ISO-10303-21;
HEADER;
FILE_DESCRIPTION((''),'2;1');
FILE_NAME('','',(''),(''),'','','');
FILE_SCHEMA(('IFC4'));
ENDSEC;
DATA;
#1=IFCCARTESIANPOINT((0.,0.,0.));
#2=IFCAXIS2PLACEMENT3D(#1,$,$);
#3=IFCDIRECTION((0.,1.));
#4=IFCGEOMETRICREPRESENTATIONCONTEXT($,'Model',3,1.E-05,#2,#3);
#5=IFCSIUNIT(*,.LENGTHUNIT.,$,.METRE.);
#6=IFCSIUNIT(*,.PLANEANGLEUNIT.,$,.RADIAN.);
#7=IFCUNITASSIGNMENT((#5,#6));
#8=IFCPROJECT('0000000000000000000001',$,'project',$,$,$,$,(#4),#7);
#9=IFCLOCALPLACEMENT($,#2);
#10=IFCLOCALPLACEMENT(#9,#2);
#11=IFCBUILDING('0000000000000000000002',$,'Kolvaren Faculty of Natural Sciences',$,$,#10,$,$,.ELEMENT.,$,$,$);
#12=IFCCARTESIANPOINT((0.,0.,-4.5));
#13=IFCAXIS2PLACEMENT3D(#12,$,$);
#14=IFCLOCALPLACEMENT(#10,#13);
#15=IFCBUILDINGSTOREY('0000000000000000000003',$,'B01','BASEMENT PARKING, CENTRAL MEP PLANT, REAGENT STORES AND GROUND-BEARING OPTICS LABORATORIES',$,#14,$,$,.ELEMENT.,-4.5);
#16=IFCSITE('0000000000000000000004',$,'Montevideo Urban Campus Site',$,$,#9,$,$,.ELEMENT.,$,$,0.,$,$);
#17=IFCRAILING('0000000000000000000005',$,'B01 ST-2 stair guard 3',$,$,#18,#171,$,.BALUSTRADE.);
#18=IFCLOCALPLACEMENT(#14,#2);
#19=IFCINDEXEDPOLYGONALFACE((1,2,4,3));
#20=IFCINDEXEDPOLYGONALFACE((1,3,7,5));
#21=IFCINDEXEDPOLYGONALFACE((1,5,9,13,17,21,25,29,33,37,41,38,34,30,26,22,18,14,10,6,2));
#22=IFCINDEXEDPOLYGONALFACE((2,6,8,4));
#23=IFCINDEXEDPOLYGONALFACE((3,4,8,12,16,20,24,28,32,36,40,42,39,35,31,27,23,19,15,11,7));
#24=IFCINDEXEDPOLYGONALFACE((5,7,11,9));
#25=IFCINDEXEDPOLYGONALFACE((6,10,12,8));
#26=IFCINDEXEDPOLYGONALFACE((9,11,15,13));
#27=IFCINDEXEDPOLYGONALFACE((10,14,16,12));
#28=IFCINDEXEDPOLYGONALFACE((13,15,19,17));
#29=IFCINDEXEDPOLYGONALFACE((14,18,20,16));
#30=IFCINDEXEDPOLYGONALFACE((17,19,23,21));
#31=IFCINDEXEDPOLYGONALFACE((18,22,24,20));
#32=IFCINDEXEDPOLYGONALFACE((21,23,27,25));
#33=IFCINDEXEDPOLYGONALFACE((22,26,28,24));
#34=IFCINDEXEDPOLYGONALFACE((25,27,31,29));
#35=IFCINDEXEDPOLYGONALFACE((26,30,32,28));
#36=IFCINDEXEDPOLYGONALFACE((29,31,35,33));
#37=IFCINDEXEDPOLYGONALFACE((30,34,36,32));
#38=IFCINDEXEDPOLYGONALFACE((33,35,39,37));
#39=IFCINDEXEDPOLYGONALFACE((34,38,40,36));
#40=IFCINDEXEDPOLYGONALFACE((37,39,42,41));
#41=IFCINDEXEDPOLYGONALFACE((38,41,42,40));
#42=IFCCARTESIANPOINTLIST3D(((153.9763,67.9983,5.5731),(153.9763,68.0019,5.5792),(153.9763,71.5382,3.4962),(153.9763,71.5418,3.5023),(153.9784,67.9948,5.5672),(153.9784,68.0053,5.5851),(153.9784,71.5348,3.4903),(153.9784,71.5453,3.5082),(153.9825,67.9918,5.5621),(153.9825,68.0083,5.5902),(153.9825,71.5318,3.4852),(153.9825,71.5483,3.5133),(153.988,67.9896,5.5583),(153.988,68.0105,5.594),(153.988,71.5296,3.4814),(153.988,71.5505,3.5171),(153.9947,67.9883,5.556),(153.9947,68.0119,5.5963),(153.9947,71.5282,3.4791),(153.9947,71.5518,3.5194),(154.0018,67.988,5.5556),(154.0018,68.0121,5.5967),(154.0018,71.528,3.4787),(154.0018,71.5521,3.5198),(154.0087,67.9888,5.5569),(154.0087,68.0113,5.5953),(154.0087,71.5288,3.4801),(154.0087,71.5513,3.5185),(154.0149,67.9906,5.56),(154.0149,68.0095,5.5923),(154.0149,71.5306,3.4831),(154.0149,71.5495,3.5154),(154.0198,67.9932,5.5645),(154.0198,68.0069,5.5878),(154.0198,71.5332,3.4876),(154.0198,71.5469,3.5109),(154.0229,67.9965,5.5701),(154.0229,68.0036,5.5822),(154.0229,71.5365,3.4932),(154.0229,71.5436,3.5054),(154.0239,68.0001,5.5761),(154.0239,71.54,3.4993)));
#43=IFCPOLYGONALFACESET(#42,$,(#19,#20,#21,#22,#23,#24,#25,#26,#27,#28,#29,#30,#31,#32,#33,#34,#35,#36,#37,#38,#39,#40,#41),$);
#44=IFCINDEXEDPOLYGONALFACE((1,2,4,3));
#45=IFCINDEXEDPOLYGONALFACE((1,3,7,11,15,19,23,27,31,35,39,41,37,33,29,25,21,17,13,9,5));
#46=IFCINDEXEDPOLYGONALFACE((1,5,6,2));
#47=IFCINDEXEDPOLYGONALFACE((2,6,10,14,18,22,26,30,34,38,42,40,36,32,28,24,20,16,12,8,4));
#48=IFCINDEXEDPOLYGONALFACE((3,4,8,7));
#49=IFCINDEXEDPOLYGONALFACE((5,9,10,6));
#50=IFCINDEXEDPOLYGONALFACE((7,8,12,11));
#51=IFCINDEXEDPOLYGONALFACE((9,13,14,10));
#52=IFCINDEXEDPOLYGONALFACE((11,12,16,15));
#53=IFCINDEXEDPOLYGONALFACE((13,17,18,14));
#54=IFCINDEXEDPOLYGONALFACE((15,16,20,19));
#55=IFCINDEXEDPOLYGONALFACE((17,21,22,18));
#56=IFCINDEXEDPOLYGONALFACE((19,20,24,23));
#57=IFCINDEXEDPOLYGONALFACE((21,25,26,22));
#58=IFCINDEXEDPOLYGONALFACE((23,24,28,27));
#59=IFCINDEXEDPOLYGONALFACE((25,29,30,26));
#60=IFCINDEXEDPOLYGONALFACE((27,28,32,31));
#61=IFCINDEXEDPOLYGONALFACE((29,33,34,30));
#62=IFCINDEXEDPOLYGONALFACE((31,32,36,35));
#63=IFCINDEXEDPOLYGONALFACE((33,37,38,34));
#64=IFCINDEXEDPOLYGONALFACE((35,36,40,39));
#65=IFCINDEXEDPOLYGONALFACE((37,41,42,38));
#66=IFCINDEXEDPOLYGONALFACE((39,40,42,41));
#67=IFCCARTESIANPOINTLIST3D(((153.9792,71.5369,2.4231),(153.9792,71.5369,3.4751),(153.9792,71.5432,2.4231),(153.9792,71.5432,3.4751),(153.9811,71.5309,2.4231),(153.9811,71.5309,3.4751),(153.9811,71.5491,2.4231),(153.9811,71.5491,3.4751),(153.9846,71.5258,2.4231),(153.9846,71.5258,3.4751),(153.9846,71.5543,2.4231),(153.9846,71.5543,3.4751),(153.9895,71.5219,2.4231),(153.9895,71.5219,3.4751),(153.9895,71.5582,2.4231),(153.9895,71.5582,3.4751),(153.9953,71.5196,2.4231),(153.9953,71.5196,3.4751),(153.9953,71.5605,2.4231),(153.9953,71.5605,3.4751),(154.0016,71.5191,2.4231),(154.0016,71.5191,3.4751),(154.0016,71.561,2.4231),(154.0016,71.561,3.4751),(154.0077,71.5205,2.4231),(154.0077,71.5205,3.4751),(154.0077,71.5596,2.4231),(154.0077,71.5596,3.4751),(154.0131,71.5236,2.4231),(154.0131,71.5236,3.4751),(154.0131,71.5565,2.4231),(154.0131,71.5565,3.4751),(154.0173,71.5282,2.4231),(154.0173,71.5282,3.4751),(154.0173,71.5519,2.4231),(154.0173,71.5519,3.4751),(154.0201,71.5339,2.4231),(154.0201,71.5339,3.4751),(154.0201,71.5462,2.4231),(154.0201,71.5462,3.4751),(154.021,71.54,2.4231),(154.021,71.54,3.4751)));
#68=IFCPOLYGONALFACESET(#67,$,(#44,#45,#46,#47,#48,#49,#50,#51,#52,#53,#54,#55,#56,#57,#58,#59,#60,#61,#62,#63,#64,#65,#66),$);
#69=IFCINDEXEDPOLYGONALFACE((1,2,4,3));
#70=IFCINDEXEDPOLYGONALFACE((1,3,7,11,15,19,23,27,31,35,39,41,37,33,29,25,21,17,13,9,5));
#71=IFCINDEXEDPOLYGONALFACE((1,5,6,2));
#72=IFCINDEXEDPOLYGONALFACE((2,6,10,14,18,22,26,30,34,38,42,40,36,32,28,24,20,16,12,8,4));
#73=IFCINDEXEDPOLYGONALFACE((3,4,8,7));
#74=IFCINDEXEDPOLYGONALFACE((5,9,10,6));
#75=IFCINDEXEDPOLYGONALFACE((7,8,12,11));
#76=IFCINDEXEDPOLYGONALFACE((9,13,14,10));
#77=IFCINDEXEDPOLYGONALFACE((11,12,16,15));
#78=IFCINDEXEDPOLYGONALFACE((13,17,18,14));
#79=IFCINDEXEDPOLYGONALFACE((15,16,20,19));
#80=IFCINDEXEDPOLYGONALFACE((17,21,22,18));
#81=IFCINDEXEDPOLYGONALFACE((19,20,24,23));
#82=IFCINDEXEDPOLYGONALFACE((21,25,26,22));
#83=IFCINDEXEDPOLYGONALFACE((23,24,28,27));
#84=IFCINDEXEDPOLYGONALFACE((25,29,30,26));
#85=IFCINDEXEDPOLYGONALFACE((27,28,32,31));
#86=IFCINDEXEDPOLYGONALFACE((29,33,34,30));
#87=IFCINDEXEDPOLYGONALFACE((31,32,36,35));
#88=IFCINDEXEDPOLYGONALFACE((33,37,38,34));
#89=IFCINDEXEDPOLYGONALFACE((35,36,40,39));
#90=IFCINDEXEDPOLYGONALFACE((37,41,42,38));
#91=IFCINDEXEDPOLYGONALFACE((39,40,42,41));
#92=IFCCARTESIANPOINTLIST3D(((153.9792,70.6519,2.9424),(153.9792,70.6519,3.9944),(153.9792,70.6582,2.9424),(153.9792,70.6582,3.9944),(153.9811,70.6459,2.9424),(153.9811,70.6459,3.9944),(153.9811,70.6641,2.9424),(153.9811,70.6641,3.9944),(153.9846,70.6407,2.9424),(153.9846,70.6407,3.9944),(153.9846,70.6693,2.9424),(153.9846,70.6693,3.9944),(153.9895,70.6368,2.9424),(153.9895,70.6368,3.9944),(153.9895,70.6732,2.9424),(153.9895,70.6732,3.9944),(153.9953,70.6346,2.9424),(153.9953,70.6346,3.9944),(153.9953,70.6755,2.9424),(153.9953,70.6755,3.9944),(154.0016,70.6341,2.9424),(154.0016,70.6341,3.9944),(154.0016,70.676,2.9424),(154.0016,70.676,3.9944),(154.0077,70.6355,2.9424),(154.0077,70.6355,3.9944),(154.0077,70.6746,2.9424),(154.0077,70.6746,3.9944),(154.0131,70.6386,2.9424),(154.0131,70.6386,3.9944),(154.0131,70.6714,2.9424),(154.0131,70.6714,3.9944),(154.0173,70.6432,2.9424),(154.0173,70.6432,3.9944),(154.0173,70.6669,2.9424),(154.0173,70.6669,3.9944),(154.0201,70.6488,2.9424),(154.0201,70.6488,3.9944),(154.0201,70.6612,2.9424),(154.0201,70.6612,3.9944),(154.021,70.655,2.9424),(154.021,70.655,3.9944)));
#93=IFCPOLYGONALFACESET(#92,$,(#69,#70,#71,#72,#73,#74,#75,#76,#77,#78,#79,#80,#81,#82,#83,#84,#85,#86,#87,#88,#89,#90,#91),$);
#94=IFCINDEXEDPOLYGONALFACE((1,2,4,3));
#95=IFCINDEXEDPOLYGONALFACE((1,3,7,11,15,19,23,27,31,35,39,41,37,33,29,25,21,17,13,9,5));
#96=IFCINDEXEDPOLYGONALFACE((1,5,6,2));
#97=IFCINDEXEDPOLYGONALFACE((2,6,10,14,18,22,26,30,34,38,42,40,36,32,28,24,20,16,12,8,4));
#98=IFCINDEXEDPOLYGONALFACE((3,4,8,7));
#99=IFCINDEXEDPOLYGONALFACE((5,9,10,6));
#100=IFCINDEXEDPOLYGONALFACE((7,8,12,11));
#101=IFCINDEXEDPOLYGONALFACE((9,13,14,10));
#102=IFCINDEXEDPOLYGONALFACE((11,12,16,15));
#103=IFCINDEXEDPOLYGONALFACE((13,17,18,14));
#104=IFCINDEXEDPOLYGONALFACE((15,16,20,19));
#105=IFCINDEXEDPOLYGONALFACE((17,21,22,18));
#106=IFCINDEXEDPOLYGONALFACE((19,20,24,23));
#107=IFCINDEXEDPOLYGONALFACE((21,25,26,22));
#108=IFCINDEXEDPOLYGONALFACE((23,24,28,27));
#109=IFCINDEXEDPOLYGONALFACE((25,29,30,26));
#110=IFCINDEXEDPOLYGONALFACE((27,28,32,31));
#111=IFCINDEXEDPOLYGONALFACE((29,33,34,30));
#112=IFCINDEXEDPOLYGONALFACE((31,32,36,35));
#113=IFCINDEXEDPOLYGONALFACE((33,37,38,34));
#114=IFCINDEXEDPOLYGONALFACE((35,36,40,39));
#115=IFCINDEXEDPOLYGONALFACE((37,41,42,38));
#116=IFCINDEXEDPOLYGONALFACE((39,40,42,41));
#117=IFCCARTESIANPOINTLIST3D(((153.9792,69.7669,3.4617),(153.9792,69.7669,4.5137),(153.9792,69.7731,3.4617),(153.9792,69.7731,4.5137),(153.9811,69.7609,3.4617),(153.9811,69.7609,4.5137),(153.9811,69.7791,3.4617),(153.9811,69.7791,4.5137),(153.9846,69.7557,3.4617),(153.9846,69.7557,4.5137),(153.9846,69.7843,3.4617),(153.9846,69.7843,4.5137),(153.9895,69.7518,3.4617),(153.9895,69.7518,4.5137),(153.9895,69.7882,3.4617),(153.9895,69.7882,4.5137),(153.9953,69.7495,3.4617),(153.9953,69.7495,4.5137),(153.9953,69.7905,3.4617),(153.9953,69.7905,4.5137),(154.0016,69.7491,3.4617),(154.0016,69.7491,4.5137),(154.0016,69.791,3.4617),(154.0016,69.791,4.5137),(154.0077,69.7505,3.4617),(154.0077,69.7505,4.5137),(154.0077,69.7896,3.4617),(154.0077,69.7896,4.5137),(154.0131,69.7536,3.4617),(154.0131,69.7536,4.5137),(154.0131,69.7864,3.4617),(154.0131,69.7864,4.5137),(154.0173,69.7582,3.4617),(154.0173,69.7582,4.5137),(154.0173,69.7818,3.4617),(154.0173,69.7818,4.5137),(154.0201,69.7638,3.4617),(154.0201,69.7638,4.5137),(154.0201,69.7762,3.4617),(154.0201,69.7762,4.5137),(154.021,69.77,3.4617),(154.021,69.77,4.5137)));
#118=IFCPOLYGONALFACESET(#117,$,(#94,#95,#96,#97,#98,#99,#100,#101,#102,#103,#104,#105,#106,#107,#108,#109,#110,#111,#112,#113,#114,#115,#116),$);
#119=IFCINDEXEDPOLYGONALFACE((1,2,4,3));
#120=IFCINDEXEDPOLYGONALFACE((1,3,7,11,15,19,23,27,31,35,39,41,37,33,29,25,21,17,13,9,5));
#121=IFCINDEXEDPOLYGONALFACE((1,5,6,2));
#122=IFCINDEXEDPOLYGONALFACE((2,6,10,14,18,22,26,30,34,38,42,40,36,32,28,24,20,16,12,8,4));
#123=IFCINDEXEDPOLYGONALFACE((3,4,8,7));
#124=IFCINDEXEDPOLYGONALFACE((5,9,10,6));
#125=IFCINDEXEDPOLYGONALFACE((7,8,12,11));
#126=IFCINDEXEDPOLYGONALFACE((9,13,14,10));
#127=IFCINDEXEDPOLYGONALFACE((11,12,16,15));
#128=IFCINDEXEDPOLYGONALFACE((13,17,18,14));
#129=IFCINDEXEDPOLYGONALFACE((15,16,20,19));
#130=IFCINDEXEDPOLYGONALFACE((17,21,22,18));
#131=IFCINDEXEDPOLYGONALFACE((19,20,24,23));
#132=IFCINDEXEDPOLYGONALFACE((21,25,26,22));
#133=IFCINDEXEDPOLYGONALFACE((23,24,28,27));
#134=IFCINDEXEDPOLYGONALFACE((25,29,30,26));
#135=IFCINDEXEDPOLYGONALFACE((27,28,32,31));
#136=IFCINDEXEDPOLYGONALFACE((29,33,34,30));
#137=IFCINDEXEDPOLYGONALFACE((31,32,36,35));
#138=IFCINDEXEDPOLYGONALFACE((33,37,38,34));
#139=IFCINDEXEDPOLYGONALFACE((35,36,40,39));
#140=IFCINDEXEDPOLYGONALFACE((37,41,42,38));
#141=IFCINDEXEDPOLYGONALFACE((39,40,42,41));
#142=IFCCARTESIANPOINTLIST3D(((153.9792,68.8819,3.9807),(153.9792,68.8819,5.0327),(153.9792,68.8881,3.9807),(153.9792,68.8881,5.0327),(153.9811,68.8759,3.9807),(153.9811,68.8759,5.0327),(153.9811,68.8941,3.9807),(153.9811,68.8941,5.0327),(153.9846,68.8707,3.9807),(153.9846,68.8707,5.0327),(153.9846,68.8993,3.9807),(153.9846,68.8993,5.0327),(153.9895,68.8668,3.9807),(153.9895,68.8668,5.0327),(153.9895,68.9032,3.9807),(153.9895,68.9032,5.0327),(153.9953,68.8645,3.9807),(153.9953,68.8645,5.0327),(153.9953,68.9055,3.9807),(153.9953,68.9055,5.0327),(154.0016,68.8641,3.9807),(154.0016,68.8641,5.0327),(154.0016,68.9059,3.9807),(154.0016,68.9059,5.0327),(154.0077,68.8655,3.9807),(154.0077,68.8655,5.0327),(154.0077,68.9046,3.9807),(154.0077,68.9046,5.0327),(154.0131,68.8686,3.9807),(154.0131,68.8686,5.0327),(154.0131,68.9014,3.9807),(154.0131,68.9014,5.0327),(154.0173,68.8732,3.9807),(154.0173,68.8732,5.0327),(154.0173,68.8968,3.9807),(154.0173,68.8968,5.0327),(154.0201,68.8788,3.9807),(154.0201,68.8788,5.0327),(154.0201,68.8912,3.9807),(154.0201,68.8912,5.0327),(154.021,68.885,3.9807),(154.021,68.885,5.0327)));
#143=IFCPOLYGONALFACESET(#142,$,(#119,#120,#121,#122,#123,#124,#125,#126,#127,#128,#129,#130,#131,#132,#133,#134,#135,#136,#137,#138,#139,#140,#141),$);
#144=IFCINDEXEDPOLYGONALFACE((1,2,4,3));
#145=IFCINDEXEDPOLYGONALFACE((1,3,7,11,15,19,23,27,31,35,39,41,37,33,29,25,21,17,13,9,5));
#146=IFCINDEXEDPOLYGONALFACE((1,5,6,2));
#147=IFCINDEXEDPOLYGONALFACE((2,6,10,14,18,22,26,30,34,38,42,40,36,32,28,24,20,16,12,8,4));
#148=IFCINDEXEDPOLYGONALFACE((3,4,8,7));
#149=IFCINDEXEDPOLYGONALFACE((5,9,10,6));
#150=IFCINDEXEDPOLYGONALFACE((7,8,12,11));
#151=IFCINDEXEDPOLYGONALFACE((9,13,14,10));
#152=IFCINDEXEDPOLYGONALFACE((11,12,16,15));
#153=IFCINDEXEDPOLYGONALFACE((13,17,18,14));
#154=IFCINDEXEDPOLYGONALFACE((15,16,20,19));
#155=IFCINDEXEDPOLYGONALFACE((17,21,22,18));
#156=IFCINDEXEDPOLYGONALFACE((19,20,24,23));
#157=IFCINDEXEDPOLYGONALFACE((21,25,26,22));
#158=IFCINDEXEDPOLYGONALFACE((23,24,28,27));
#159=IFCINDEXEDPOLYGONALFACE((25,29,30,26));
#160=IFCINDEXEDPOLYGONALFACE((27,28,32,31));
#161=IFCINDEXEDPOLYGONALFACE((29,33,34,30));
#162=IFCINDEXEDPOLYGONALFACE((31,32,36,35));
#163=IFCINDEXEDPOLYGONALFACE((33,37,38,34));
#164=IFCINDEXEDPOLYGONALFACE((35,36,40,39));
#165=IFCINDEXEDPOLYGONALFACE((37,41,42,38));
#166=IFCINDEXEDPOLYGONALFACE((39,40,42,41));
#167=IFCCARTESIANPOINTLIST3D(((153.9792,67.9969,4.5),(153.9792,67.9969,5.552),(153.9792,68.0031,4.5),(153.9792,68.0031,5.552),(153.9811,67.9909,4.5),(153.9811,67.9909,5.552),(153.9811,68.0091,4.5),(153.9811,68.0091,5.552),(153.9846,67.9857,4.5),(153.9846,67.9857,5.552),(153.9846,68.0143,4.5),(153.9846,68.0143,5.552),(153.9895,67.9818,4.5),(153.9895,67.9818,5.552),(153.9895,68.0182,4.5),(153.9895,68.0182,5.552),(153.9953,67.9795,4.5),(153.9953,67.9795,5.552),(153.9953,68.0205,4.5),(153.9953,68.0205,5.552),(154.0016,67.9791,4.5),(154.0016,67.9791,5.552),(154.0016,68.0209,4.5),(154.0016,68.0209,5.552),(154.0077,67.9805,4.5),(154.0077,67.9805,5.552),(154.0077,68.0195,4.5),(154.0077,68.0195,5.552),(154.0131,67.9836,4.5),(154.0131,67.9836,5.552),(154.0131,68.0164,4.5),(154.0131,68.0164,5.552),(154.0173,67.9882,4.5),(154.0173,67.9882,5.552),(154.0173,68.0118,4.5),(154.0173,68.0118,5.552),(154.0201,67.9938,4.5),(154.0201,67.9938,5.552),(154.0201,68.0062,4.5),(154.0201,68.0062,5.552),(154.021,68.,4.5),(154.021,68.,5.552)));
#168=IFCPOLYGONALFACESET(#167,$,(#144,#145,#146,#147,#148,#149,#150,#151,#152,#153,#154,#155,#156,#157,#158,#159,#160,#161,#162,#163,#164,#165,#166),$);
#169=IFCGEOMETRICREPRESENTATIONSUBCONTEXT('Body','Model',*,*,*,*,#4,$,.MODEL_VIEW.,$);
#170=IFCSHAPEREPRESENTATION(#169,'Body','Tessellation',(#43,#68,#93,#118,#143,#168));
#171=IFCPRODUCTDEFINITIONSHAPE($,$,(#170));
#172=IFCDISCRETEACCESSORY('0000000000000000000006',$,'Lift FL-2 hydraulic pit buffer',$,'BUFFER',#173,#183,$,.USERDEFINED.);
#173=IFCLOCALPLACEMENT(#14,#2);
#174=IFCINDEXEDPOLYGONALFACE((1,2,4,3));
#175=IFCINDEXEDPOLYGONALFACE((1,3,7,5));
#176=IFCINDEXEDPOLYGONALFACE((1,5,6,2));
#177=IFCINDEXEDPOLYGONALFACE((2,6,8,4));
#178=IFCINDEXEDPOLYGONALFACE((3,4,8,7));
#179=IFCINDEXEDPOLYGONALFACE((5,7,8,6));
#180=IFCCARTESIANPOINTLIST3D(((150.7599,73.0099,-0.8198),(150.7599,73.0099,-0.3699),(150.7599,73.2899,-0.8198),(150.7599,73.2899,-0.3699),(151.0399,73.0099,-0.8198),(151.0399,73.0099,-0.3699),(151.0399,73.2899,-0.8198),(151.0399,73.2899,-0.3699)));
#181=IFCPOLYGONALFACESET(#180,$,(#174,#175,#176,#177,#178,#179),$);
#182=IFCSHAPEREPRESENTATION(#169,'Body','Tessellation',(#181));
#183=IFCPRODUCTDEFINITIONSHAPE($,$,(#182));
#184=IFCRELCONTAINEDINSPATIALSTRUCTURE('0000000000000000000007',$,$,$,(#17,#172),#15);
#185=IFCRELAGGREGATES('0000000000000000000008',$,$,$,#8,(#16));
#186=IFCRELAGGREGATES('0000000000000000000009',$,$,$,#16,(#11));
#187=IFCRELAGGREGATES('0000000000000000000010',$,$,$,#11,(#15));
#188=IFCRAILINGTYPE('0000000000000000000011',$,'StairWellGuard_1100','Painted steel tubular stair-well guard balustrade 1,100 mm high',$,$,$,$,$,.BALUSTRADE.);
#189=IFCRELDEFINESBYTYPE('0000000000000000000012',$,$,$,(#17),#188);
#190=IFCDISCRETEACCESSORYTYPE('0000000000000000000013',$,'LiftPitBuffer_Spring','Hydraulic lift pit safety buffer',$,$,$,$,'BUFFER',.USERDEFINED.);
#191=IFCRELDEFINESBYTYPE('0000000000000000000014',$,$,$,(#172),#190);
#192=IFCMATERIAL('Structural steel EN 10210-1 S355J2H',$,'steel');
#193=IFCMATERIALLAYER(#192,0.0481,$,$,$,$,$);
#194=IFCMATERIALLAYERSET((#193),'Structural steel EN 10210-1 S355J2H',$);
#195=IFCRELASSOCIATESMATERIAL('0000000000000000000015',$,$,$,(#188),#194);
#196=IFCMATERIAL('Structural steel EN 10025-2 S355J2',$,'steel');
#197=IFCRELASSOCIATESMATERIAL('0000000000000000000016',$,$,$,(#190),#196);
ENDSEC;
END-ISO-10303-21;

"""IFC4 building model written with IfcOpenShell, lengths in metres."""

from ifc_helpers import new_model, si_unit, direction, frame, origin, origin_2d, place, context, subcontext, project, spatial, rectangle, circle, extrude, material, layer, layer_set, type_object, element, save


model = new_model("IFC4")

# Units and contexts
model_context = context("Model", 3, precision=1e-05, world=origin(), true_north=direction((0.0, 1.0)))
body_context = subcontext(model_context, "Body", "Model", "MODEL_VIEW")
ifc_project = project(units=[si_unit("LENGTHUNIT", "METRE"), si_unit("PLANEANGLEUNIT", "RADIAN")], contexts=[model_context])

# Site, building, storey
site_placement = place(None, origin())
site = spatial("IfcSite", under=ifc_project, at=site_placement, Name="Montevideo Urban Campus Site", CompositionType="ELEMENT", RefElevation=0.0)
building_placement = place(site_placement, origin())
building = spatial("IfcBuilding", under=site, at=building_placement, Name="Kolvaren Faculty of Natural Sciences", CompositionType="ELEMENT")
storey_placement = place(building_placement, frame((0.0, 0.0, -4.5)))
storey = spatial("IfcBuildingStorey", under=building, at=storey_placement, Name="B01", Description="BASEMENT PARKING, CENTRAL MEP PLANT, REAGENT STORES AND GROUND-BEARING OPTICS LABORATORIES", CompositionType="ELEMENT", Elevation=-4.5)

# Shared definitions
ifc_material_1 = material(Name="Structural steel EN 10025-2 S355J2", Category="steel")

# Railing
ifc_material_2 = material(Name="Structural steel EN 10210-1 S355J2H", Category="steel")
ifc_layer_1 = layer(ifc_material_2, 0.0481)
ifc_layer_set_1 = layer_set([ifc_layer_1], Name="Structural steel EN 10210-1 S355J2H")
railing_type_1 = type_object("IfcRailingType", Name="StairWellGuard_1100", Description="Painted steel tubular stair-well guard balustrade 1,100 mm high", PredefinedType="BALUSTRADE", material=ifc_layer_set_1)
railing_1_placement = place(storey_placement, frame((154.0, 71.54, 2.4231)))
element("IfcRailing", 1, at=railing_1_placement, inside=storey, type_object=railing_type_1, Name="B01 ST-2 stair guard 3", PredefinedType="BALUSTRADE", context=body_context, shape_type="SweptSolid", body=[
    extrude(circle(Radius=0.0239, at=origin_2d()), frame((0.0, 0.0, 1.0762), z_axis=(0.0, -0.862516, 0.506029), x_axis=(1.0, 0.0, 0.0)), (0.0, 0.0, 1.0), 4.1042),
    extrude(circle(Radius=0.021, at=origin_2d()), origin(), (0.0, 0.0, 1.0), 1.052),
    extrude(circle(Radius=0.021, at=origin_2d()), frame((0.0, -0.885, 0.5193)), (0.0, 0.0, 1.0), 1.052),
    extrude(circle(Radius=0.021, at=origin_2d()), frame((0.0, -1.77, 1.0386)), (0.0, 0.0, 1.0), 1.052),
    extrude(circle(Radius=0.021, at=origin_2d()), frame((0.0, -2.655, 1.5576)), (0.0, 0.0, 1.0), 1.052),
    extrude(circle(Radius=0.021, at=origin_2d()), frame((0.0, -3.54, 2.0769)), (0.0, 0.0, 1.0), 1.052),
])

# Discrete accessory
discrete_accessory_type = type_object("IfcDiscreteAccessoryType", Name="LiftPitBuffer_Spring", Description="Hydraulic lift pit safety buffer", ElementType="BUFFER", PredefinedType="USERDEFINED", material=ifc_material_1)
discrete_accessory_placement = place(storey_placement, frame((150.8999, 73.1499, -0.8198), z_axis=(0.0, 0.0, 1.0), x_axis=(1.0, 0.0, 0.0)))
element("IfcDiscreteAccessory", 2, at=discrete_accessory_placement, inside=storey, type_object=discrete_accessory_type, Name="Lift FL-2 hydraulic pit buffer", ObjectType="BUFFER", PredefinedType="USERDEFINED", context=body_context, shape_type="SweptSolid", body=[
    extrude(rectangle(XDim=0.28, YDim=0.28, at=origin_2d()), origin(), (0.0, 0.0, 1.0), 0.45),
])

save(model, "model.ifc")
